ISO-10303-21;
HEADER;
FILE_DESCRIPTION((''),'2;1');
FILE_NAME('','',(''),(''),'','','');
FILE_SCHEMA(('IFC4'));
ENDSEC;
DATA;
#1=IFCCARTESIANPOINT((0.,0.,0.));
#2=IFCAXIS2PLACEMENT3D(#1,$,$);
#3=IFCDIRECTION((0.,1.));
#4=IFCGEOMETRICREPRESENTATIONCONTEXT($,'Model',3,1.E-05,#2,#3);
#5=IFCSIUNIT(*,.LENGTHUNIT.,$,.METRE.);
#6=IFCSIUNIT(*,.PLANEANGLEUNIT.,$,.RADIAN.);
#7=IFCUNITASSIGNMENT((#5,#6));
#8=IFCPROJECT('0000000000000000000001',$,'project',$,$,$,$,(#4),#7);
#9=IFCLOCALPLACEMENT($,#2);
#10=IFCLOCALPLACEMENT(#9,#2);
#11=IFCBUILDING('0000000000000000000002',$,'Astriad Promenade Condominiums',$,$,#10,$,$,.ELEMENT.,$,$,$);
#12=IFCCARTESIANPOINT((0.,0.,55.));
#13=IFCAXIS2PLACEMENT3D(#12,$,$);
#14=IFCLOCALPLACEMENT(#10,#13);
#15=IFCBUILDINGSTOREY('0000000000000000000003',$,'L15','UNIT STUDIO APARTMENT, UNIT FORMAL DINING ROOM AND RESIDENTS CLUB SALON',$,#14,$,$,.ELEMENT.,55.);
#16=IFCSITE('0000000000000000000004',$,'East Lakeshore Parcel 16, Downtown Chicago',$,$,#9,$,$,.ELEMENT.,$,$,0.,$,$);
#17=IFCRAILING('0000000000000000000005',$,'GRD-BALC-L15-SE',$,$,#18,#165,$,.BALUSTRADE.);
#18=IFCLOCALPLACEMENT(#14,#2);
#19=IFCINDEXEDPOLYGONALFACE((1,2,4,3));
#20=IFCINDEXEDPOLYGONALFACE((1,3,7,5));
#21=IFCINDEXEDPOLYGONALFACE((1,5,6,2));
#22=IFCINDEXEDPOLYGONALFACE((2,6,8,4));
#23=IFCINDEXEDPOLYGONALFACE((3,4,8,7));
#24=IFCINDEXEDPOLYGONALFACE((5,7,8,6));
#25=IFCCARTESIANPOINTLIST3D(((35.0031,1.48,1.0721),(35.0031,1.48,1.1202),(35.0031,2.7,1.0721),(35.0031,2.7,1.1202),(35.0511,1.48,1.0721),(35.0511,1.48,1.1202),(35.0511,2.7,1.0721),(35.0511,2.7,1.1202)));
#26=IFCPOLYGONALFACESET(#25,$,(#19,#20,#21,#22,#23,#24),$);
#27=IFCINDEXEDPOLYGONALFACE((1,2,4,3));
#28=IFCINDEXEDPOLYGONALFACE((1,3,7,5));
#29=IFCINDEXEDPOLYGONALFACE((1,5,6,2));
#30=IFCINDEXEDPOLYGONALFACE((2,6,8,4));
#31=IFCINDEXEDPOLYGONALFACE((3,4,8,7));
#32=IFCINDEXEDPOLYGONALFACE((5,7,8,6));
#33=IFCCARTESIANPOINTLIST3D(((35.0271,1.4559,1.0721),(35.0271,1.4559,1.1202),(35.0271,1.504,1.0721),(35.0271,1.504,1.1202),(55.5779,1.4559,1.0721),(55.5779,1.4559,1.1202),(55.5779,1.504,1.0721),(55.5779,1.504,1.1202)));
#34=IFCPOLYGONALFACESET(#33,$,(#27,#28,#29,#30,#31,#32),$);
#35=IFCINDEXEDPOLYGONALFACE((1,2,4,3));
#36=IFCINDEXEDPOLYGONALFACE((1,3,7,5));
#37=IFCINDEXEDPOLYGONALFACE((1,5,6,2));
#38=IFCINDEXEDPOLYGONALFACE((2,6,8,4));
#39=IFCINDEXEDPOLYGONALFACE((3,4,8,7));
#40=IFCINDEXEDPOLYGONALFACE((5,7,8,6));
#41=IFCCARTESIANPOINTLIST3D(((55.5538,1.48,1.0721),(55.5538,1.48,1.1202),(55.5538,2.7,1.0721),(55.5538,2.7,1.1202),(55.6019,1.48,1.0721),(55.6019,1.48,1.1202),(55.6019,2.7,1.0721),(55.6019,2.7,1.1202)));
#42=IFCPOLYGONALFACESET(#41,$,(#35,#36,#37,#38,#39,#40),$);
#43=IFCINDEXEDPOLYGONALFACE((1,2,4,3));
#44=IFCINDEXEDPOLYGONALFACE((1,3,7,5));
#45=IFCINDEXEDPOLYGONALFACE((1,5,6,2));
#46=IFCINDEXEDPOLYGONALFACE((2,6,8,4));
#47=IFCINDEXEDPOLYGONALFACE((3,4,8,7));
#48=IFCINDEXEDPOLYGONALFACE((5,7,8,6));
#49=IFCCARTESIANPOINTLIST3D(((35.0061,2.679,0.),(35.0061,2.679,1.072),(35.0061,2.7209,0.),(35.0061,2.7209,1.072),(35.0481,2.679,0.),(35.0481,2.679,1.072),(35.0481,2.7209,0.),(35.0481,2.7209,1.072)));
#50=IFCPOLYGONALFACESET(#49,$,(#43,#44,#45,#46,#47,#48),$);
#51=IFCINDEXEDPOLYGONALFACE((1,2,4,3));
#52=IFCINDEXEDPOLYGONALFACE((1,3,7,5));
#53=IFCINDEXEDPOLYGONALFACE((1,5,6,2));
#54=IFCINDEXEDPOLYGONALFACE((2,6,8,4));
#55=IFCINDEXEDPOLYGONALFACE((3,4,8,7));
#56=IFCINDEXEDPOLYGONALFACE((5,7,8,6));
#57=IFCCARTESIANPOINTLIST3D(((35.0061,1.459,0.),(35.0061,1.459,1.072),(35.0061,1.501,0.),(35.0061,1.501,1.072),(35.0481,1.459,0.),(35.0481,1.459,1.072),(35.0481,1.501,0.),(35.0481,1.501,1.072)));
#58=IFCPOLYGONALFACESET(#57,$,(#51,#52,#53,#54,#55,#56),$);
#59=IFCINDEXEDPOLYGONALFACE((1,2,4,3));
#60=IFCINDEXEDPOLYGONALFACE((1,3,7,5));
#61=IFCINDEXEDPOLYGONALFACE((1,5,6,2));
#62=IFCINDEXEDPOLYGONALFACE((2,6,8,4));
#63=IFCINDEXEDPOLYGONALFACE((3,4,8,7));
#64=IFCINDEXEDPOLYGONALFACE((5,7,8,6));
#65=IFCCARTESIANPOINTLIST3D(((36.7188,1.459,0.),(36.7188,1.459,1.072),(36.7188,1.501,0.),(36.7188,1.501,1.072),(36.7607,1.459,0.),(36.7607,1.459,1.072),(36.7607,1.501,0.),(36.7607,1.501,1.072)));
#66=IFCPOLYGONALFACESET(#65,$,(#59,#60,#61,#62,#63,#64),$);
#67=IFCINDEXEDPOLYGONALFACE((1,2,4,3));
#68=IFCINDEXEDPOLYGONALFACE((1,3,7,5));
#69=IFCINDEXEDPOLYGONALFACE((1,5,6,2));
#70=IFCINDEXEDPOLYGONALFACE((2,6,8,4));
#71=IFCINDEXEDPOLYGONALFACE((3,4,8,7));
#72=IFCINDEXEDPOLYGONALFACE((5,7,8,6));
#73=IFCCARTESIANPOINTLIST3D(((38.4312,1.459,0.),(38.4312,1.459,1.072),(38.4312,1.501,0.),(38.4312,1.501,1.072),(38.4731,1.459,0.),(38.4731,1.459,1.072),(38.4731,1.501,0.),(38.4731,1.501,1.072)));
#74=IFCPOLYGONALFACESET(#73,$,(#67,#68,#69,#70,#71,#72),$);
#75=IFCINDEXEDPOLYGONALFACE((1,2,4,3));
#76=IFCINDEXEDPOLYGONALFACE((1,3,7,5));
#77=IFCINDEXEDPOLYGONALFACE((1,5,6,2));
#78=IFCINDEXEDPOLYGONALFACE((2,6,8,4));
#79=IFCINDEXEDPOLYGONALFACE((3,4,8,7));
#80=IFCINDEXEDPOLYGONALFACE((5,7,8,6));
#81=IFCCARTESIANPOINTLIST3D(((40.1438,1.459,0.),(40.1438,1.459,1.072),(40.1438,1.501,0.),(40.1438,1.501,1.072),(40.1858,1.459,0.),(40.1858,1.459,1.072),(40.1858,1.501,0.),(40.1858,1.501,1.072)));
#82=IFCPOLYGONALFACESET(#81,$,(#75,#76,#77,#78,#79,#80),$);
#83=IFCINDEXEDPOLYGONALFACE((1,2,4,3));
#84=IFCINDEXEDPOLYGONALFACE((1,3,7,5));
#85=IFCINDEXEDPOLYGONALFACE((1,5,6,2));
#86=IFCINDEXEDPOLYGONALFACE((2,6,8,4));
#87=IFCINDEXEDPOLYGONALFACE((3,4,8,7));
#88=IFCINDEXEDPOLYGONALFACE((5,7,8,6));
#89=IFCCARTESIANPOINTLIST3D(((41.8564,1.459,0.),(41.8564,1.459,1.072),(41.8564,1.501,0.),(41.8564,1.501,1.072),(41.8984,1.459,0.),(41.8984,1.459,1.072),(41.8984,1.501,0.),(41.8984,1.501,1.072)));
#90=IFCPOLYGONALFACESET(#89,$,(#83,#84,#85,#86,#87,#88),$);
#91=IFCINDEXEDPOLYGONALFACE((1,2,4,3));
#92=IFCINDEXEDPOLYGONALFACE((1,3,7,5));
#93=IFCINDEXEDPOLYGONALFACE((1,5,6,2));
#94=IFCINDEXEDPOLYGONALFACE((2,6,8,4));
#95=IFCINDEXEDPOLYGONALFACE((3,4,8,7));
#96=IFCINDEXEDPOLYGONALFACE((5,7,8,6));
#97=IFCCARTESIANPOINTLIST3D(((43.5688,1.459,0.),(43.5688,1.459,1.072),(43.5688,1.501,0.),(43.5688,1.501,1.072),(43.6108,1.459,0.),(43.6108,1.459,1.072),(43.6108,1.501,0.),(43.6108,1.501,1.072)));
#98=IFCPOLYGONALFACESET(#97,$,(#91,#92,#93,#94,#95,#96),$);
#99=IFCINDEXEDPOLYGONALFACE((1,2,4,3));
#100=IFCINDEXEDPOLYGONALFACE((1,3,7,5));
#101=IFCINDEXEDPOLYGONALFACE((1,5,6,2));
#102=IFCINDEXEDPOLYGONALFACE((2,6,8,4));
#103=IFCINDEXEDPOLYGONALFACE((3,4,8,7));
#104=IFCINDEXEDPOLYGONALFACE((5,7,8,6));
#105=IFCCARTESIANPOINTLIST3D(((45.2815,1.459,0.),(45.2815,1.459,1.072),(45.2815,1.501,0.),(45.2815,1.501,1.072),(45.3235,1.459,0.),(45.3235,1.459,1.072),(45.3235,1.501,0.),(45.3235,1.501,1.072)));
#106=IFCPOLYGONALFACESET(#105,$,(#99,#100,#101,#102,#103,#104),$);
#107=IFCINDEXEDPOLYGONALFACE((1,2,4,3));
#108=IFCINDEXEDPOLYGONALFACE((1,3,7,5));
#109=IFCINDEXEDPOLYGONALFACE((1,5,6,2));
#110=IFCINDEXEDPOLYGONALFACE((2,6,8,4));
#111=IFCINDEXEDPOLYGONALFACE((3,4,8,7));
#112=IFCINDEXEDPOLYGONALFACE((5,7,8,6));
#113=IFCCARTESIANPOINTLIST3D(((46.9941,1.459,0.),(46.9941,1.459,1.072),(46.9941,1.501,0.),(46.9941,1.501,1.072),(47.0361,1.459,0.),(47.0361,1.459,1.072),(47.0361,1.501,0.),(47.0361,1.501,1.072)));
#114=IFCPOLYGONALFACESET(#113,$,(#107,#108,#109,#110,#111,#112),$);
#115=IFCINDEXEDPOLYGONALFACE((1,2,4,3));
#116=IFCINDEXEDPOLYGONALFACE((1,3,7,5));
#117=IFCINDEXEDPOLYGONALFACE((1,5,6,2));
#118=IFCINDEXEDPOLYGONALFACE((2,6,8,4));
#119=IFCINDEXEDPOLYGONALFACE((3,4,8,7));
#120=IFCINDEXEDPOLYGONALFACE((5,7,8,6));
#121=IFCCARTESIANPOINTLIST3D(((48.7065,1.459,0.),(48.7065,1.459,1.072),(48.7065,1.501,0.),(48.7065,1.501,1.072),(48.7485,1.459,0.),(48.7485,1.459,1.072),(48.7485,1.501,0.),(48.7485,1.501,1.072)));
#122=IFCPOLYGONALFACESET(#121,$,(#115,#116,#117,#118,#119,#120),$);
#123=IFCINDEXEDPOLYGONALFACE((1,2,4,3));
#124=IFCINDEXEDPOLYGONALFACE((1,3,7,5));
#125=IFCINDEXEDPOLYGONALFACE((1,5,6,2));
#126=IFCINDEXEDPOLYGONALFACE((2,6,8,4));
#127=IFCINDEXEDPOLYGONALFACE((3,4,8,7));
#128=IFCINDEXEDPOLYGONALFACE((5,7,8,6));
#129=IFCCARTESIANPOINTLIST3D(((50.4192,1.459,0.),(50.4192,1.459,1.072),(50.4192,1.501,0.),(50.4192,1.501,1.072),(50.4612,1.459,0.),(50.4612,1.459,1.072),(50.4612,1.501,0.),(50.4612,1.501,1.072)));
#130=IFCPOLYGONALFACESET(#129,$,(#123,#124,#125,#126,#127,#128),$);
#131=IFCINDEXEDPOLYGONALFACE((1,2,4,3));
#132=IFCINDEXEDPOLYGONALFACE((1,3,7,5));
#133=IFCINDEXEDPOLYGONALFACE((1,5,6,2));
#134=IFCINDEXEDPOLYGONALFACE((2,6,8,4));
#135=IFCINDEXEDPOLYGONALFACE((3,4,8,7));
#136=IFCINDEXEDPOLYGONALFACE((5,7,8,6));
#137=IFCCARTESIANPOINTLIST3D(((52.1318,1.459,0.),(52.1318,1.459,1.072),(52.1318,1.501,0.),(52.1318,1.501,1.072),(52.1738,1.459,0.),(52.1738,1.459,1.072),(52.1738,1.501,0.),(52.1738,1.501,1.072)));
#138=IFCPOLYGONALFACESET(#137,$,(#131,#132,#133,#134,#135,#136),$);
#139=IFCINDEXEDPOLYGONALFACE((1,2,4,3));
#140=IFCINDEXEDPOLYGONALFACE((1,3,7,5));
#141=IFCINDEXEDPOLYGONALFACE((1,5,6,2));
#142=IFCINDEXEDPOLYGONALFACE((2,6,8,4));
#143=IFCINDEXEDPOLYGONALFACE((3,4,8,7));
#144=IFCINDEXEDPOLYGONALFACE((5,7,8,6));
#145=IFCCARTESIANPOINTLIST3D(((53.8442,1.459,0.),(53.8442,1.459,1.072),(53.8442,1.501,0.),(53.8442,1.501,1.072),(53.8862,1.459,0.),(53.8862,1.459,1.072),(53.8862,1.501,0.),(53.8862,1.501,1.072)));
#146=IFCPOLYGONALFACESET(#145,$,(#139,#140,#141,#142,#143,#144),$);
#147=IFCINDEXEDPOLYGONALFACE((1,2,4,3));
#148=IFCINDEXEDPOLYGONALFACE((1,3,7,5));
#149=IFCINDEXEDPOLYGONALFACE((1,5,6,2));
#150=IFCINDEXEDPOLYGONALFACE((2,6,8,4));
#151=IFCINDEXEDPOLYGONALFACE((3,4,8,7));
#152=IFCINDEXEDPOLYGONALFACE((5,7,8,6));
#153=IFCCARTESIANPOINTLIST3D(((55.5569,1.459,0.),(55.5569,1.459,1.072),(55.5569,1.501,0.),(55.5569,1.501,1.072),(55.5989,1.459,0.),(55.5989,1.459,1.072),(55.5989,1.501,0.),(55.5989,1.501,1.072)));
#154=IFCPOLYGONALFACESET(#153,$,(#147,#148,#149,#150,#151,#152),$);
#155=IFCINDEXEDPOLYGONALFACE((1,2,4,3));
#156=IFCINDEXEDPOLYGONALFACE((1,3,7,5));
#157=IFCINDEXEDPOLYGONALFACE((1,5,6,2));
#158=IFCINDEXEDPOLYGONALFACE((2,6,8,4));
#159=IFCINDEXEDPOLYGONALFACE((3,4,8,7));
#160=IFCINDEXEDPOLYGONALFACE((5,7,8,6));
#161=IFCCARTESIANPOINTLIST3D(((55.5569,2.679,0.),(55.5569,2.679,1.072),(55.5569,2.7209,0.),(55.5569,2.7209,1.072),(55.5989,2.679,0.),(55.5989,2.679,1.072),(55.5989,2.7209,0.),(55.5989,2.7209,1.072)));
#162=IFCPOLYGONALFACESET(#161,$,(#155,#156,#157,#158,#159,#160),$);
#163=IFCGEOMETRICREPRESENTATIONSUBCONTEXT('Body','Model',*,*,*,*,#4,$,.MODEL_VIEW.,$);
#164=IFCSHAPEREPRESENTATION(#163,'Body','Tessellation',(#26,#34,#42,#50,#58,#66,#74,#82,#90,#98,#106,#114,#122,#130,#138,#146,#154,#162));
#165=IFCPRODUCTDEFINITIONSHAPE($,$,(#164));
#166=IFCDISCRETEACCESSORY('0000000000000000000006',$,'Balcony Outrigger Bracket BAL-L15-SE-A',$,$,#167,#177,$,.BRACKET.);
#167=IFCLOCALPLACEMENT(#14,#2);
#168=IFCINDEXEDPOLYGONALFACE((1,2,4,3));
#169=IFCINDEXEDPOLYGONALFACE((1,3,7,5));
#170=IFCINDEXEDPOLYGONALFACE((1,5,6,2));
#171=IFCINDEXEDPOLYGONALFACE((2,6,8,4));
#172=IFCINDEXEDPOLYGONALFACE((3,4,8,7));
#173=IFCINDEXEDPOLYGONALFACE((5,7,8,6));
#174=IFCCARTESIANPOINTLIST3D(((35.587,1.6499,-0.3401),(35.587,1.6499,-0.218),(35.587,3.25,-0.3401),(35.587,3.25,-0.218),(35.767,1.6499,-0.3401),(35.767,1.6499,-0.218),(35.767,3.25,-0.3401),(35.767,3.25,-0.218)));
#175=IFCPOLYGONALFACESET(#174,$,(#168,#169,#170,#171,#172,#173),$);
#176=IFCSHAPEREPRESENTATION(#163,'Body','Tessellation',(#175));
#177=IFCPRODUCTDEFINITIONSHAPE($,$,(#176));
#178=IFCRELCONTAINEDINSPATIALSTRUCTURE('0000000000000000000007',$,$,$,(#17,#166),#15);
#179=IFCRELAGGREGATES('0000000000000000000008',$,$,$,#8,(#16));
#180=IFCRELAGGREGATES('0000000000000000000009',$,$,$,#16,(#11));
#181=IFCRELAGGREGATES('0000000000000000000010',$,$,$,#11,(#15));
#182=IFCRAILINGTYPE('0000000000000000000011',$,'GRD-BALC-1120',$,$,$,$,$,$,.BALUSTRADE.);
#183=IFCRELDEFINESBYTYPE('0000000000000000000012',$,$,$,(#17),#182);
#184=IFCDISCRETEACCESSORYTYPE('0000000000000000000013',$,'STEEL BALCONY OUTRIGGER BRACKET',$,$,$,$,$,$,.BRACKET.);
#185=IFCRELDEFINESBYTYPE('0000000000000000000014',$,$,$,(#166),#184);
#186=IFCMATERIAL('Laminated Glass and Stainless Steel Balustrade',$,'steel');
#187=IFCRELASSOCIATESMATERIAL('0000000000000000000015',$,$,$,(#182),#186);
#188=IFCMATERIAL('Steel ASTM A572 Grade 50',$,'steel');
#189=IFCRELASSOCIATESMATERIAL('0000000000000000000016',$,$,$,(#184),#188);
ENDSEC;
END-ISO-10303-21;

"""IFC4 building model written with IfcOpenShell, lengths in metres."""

from ifc_helpers import new_model, si_unit, direction, frame, origin, origin_2d, place, context, subcontext, project, spatial, rectangle, extrude, source, transform, mapped, material, type_object, type_shapes, element, save


model = new_model("IFC4")

# Units and contexts
model_context = context("Model", 3, precision=1e-05, world=origin(), true_north=direction((0.0, 1.0)))
body_context = subcontext(model_context, "Body", "Model", "MODEL_VIEW")
ifc_project = project(units=[si_unit("LENGTHUNIT", "METRE"), si_unit("PLANEANGLEUNIT", "RADIAN")], contexts=[model_context])

# Site, building, storey
site_placement = place(None, origin())
site = spatial("IfcSite", under=ifc_project, at=site_placement, Name="East Lakeshore Parcel 16, Downtown Chicago", CompositionType="ELEMENT", RefElevation=0.0)
building_placement = place(site_placement, origin())
building = spatial("IfcBuilding", under=site, at=building_placement, Name="Astriad Promenade Condominiums", CompositionType="ELEMENT")
storey_placement = place(building_placement, frame((0.0, 0.0, 55.0)))
storey = spatial("IfcBuildingStorey", under=building, at=storey_placement, Name="L15", Description="UNIT STUDIO APARTMENT, UNIT FORMAL DINING ROOM AND RESIDENTS CLUB SALON", CompositionType="ELEMENT", Elevation=55.0)

# Railing
ifc_material_1 = material(Name="Laminated Glass and Stainless Steel Balustrade", Category="steel")
railing_type = type_object("IfcRailingType", Name="GRD-BALC-1120", PredefinedType="BALUSTRADE", material=ifc_material_1)
shared_shape_1 = source(origin(), body_context, "Body", "SweptSolid", [
    extrude(rectangle(XDim=0.0481, YDim=0.0481, at=origin_2d()), frame((0.0, 0.0, 1.0962), z_axis=(0.0, -1.0, 0.0), x_axis=(1.0, 0.0, 0.0)), (0.0, 0.0, 1.0), 1.22),
    extrude(rectangle(XDim=0.0481, YDim=0.0481, at=origin_2d()), frame((0.0, -1.22, 1.0962), z_axis=(1.0, 0.0, 0.0), x_axis=(0.0, 1.0, 0.0)), (0.0, 0.0, 1.0), 20.5508),
    extrude(rectangle(XDim=0.0481, YDim=0.0481, at=origin_2d()), frame((20.5508, -1.22, 1.0962), z_axis=(0.0, 1.0, 0.0), x_axis=(-1.0, 0.0, 0.0)), (0.0, 0.0, 1.0), 1.22),
    extrude(rectangle(XDim=0.042, YDim=0.042, at=origin_2d()), origin(), (0.0, 0.0, 1.0), 1.072),
    extrude(rectangle(XDim=0.042, YDim=0.042, at=origin_2d()), frame((0.0, -1.22, 0.0)), (0.0, 0.0, 1.0), 1.072),
    extrude(rectangle(XDim=0.042, YDim=0.042, at=origin_2d()), frame((1.7126, -1.22, 0.0)), (0.0, 0.0, 1.0), 1.072),
    extrude(rectangle(XDim=0.042, YDim=0.042, at=origin_2d()), frame((3.425, -1.22, 0.0)), (0.0, 0.0, 1.0), 1.072),
    extrude(rectangle(XDim=0.042, YDim=0.042, at=origin_2d()), frame((5.1377, -1.22, 0.0)), (0.0, 0.0, 1.0), 1.072),
    extrude(rectangle(XDim=0.042, YDim=0.042, at=origin_2d()), frame((6.8503, -1.22, 0.0)), (0.0, 0.0, 1.0), 1.072),
    extrude(rectangle(XDim=0.042, YDim=0.042, at=origin_2d()), frame((8.5627, -1.22, 0.0)), (0.0, 0.0, 1.0), 1.072),
    extrude(rectangle(XDim=0.042, YDim=0.042, at=origin_2d()), frame((10.2754, -1.22, 0.0)), (0.0, 0.0, 1.0), 1.072),
    extrude(rectangle(XDim=0.042, YDim=0.042, at=origin_2d()), frame((11.988, -1.22, 0.0)), (0.0, 0.0, 1.0), 1.072),
    extrude(rectangle(XDim=0.042, YDim=0.042, at=origin_2d()), frame((13.7004, -1.22, 0.0)), (0.0, 0.0, 1.0), 1.072),
    extrude(rectangle(XDim=0.042, YDim=0.042, at=origin_2d()), frame((15.4131, -1.22, 0.0)), (0.0, 0.0, 1.0), 1.072),
    extrude(rectangle(XDim=0.042, YDim=0.042, at=origin_2d()), frame((17.1257, -1.22, 0.0)), (0.0, 0.0, 1.0), 1.072),
    extrude(rectangle(XDim=0.042, YDim=0.042, at=origin_2d()), frame((18.8381, -1.22, 0.0)), (0.0, 0.0, 1.0), 1.072),
    extrude(rectangle(XDim=0.042, YDim=0.042, at=origin_2d()), frame((20.5508, -1.22, 0.0)), (0.0, 0.0, 1.0), 1.072),
    extrude(rectangle(XDim=0.042, YDim=0.042, at=origin_2d()), frame((20.5508, 0.0, 0.0)), (0.0, 0.0, 1.0), 1.072),
])
type_shapes(railing_type, [shared_shape_1])
railing_placement = place(storey_placement, frame((35.0271, 2.7, 0.0)))
element("IfcRailing", 1, at=railing_placement, inside=storey, type_object=railing_type, Name="GRD-BALC-L15-SE", PredefinedType="BALUSTRADE", context=body_context, shape_type="MappedRepresentation", body=[
    mapped(shared_shape_1, transform((0.0, 0.0, 0.0), scale=1.0)),
])

# Discrete accessory
ifc_material_2 = material(Name="Steel ASTM A572 Grade 50", Category="steel")
discrete_accessory_type = type_object("IfcDiscreteAccessoryType", Name="STEEL BALCONY OUTRIGGER BRACKET", PredefinedType="BRACKET", material=ifc_material_2)
shared_shape_2 = source(origin(), body_context, "Body", "SweptSolid", [
    extrude(rectangle(XDim=1.6001, YDim=0.1799, at=origin_2d()), origin(), (0.0, 0.0, 1.0), 0.1221),
])
type_shapes(discrete_accessory_type, [shared_shape_2])
discrete_accessory_placement = place(storey_placement, frame((35.677, 2.45, -0.3401), z_axis=(0.0, 0.0, 1.0), x_axis=(0.0, -1.0, 0.0)))
element("IfcDiscreteAccessory", 2, at=discrete_accessory_placement, inside=storey, type_object=discrete_accessory_type, Name="Balcony Outrigger Bracket BAL-L15-SE-A", PredefinedType="BRACKET", context=body_context, shape_type="MappedRepresentation", body=[
    mapped(shared_shape_2, transform((0.0, 0.0, 0.0), scale=1.0)),
])

save(model, "model.ifc")
